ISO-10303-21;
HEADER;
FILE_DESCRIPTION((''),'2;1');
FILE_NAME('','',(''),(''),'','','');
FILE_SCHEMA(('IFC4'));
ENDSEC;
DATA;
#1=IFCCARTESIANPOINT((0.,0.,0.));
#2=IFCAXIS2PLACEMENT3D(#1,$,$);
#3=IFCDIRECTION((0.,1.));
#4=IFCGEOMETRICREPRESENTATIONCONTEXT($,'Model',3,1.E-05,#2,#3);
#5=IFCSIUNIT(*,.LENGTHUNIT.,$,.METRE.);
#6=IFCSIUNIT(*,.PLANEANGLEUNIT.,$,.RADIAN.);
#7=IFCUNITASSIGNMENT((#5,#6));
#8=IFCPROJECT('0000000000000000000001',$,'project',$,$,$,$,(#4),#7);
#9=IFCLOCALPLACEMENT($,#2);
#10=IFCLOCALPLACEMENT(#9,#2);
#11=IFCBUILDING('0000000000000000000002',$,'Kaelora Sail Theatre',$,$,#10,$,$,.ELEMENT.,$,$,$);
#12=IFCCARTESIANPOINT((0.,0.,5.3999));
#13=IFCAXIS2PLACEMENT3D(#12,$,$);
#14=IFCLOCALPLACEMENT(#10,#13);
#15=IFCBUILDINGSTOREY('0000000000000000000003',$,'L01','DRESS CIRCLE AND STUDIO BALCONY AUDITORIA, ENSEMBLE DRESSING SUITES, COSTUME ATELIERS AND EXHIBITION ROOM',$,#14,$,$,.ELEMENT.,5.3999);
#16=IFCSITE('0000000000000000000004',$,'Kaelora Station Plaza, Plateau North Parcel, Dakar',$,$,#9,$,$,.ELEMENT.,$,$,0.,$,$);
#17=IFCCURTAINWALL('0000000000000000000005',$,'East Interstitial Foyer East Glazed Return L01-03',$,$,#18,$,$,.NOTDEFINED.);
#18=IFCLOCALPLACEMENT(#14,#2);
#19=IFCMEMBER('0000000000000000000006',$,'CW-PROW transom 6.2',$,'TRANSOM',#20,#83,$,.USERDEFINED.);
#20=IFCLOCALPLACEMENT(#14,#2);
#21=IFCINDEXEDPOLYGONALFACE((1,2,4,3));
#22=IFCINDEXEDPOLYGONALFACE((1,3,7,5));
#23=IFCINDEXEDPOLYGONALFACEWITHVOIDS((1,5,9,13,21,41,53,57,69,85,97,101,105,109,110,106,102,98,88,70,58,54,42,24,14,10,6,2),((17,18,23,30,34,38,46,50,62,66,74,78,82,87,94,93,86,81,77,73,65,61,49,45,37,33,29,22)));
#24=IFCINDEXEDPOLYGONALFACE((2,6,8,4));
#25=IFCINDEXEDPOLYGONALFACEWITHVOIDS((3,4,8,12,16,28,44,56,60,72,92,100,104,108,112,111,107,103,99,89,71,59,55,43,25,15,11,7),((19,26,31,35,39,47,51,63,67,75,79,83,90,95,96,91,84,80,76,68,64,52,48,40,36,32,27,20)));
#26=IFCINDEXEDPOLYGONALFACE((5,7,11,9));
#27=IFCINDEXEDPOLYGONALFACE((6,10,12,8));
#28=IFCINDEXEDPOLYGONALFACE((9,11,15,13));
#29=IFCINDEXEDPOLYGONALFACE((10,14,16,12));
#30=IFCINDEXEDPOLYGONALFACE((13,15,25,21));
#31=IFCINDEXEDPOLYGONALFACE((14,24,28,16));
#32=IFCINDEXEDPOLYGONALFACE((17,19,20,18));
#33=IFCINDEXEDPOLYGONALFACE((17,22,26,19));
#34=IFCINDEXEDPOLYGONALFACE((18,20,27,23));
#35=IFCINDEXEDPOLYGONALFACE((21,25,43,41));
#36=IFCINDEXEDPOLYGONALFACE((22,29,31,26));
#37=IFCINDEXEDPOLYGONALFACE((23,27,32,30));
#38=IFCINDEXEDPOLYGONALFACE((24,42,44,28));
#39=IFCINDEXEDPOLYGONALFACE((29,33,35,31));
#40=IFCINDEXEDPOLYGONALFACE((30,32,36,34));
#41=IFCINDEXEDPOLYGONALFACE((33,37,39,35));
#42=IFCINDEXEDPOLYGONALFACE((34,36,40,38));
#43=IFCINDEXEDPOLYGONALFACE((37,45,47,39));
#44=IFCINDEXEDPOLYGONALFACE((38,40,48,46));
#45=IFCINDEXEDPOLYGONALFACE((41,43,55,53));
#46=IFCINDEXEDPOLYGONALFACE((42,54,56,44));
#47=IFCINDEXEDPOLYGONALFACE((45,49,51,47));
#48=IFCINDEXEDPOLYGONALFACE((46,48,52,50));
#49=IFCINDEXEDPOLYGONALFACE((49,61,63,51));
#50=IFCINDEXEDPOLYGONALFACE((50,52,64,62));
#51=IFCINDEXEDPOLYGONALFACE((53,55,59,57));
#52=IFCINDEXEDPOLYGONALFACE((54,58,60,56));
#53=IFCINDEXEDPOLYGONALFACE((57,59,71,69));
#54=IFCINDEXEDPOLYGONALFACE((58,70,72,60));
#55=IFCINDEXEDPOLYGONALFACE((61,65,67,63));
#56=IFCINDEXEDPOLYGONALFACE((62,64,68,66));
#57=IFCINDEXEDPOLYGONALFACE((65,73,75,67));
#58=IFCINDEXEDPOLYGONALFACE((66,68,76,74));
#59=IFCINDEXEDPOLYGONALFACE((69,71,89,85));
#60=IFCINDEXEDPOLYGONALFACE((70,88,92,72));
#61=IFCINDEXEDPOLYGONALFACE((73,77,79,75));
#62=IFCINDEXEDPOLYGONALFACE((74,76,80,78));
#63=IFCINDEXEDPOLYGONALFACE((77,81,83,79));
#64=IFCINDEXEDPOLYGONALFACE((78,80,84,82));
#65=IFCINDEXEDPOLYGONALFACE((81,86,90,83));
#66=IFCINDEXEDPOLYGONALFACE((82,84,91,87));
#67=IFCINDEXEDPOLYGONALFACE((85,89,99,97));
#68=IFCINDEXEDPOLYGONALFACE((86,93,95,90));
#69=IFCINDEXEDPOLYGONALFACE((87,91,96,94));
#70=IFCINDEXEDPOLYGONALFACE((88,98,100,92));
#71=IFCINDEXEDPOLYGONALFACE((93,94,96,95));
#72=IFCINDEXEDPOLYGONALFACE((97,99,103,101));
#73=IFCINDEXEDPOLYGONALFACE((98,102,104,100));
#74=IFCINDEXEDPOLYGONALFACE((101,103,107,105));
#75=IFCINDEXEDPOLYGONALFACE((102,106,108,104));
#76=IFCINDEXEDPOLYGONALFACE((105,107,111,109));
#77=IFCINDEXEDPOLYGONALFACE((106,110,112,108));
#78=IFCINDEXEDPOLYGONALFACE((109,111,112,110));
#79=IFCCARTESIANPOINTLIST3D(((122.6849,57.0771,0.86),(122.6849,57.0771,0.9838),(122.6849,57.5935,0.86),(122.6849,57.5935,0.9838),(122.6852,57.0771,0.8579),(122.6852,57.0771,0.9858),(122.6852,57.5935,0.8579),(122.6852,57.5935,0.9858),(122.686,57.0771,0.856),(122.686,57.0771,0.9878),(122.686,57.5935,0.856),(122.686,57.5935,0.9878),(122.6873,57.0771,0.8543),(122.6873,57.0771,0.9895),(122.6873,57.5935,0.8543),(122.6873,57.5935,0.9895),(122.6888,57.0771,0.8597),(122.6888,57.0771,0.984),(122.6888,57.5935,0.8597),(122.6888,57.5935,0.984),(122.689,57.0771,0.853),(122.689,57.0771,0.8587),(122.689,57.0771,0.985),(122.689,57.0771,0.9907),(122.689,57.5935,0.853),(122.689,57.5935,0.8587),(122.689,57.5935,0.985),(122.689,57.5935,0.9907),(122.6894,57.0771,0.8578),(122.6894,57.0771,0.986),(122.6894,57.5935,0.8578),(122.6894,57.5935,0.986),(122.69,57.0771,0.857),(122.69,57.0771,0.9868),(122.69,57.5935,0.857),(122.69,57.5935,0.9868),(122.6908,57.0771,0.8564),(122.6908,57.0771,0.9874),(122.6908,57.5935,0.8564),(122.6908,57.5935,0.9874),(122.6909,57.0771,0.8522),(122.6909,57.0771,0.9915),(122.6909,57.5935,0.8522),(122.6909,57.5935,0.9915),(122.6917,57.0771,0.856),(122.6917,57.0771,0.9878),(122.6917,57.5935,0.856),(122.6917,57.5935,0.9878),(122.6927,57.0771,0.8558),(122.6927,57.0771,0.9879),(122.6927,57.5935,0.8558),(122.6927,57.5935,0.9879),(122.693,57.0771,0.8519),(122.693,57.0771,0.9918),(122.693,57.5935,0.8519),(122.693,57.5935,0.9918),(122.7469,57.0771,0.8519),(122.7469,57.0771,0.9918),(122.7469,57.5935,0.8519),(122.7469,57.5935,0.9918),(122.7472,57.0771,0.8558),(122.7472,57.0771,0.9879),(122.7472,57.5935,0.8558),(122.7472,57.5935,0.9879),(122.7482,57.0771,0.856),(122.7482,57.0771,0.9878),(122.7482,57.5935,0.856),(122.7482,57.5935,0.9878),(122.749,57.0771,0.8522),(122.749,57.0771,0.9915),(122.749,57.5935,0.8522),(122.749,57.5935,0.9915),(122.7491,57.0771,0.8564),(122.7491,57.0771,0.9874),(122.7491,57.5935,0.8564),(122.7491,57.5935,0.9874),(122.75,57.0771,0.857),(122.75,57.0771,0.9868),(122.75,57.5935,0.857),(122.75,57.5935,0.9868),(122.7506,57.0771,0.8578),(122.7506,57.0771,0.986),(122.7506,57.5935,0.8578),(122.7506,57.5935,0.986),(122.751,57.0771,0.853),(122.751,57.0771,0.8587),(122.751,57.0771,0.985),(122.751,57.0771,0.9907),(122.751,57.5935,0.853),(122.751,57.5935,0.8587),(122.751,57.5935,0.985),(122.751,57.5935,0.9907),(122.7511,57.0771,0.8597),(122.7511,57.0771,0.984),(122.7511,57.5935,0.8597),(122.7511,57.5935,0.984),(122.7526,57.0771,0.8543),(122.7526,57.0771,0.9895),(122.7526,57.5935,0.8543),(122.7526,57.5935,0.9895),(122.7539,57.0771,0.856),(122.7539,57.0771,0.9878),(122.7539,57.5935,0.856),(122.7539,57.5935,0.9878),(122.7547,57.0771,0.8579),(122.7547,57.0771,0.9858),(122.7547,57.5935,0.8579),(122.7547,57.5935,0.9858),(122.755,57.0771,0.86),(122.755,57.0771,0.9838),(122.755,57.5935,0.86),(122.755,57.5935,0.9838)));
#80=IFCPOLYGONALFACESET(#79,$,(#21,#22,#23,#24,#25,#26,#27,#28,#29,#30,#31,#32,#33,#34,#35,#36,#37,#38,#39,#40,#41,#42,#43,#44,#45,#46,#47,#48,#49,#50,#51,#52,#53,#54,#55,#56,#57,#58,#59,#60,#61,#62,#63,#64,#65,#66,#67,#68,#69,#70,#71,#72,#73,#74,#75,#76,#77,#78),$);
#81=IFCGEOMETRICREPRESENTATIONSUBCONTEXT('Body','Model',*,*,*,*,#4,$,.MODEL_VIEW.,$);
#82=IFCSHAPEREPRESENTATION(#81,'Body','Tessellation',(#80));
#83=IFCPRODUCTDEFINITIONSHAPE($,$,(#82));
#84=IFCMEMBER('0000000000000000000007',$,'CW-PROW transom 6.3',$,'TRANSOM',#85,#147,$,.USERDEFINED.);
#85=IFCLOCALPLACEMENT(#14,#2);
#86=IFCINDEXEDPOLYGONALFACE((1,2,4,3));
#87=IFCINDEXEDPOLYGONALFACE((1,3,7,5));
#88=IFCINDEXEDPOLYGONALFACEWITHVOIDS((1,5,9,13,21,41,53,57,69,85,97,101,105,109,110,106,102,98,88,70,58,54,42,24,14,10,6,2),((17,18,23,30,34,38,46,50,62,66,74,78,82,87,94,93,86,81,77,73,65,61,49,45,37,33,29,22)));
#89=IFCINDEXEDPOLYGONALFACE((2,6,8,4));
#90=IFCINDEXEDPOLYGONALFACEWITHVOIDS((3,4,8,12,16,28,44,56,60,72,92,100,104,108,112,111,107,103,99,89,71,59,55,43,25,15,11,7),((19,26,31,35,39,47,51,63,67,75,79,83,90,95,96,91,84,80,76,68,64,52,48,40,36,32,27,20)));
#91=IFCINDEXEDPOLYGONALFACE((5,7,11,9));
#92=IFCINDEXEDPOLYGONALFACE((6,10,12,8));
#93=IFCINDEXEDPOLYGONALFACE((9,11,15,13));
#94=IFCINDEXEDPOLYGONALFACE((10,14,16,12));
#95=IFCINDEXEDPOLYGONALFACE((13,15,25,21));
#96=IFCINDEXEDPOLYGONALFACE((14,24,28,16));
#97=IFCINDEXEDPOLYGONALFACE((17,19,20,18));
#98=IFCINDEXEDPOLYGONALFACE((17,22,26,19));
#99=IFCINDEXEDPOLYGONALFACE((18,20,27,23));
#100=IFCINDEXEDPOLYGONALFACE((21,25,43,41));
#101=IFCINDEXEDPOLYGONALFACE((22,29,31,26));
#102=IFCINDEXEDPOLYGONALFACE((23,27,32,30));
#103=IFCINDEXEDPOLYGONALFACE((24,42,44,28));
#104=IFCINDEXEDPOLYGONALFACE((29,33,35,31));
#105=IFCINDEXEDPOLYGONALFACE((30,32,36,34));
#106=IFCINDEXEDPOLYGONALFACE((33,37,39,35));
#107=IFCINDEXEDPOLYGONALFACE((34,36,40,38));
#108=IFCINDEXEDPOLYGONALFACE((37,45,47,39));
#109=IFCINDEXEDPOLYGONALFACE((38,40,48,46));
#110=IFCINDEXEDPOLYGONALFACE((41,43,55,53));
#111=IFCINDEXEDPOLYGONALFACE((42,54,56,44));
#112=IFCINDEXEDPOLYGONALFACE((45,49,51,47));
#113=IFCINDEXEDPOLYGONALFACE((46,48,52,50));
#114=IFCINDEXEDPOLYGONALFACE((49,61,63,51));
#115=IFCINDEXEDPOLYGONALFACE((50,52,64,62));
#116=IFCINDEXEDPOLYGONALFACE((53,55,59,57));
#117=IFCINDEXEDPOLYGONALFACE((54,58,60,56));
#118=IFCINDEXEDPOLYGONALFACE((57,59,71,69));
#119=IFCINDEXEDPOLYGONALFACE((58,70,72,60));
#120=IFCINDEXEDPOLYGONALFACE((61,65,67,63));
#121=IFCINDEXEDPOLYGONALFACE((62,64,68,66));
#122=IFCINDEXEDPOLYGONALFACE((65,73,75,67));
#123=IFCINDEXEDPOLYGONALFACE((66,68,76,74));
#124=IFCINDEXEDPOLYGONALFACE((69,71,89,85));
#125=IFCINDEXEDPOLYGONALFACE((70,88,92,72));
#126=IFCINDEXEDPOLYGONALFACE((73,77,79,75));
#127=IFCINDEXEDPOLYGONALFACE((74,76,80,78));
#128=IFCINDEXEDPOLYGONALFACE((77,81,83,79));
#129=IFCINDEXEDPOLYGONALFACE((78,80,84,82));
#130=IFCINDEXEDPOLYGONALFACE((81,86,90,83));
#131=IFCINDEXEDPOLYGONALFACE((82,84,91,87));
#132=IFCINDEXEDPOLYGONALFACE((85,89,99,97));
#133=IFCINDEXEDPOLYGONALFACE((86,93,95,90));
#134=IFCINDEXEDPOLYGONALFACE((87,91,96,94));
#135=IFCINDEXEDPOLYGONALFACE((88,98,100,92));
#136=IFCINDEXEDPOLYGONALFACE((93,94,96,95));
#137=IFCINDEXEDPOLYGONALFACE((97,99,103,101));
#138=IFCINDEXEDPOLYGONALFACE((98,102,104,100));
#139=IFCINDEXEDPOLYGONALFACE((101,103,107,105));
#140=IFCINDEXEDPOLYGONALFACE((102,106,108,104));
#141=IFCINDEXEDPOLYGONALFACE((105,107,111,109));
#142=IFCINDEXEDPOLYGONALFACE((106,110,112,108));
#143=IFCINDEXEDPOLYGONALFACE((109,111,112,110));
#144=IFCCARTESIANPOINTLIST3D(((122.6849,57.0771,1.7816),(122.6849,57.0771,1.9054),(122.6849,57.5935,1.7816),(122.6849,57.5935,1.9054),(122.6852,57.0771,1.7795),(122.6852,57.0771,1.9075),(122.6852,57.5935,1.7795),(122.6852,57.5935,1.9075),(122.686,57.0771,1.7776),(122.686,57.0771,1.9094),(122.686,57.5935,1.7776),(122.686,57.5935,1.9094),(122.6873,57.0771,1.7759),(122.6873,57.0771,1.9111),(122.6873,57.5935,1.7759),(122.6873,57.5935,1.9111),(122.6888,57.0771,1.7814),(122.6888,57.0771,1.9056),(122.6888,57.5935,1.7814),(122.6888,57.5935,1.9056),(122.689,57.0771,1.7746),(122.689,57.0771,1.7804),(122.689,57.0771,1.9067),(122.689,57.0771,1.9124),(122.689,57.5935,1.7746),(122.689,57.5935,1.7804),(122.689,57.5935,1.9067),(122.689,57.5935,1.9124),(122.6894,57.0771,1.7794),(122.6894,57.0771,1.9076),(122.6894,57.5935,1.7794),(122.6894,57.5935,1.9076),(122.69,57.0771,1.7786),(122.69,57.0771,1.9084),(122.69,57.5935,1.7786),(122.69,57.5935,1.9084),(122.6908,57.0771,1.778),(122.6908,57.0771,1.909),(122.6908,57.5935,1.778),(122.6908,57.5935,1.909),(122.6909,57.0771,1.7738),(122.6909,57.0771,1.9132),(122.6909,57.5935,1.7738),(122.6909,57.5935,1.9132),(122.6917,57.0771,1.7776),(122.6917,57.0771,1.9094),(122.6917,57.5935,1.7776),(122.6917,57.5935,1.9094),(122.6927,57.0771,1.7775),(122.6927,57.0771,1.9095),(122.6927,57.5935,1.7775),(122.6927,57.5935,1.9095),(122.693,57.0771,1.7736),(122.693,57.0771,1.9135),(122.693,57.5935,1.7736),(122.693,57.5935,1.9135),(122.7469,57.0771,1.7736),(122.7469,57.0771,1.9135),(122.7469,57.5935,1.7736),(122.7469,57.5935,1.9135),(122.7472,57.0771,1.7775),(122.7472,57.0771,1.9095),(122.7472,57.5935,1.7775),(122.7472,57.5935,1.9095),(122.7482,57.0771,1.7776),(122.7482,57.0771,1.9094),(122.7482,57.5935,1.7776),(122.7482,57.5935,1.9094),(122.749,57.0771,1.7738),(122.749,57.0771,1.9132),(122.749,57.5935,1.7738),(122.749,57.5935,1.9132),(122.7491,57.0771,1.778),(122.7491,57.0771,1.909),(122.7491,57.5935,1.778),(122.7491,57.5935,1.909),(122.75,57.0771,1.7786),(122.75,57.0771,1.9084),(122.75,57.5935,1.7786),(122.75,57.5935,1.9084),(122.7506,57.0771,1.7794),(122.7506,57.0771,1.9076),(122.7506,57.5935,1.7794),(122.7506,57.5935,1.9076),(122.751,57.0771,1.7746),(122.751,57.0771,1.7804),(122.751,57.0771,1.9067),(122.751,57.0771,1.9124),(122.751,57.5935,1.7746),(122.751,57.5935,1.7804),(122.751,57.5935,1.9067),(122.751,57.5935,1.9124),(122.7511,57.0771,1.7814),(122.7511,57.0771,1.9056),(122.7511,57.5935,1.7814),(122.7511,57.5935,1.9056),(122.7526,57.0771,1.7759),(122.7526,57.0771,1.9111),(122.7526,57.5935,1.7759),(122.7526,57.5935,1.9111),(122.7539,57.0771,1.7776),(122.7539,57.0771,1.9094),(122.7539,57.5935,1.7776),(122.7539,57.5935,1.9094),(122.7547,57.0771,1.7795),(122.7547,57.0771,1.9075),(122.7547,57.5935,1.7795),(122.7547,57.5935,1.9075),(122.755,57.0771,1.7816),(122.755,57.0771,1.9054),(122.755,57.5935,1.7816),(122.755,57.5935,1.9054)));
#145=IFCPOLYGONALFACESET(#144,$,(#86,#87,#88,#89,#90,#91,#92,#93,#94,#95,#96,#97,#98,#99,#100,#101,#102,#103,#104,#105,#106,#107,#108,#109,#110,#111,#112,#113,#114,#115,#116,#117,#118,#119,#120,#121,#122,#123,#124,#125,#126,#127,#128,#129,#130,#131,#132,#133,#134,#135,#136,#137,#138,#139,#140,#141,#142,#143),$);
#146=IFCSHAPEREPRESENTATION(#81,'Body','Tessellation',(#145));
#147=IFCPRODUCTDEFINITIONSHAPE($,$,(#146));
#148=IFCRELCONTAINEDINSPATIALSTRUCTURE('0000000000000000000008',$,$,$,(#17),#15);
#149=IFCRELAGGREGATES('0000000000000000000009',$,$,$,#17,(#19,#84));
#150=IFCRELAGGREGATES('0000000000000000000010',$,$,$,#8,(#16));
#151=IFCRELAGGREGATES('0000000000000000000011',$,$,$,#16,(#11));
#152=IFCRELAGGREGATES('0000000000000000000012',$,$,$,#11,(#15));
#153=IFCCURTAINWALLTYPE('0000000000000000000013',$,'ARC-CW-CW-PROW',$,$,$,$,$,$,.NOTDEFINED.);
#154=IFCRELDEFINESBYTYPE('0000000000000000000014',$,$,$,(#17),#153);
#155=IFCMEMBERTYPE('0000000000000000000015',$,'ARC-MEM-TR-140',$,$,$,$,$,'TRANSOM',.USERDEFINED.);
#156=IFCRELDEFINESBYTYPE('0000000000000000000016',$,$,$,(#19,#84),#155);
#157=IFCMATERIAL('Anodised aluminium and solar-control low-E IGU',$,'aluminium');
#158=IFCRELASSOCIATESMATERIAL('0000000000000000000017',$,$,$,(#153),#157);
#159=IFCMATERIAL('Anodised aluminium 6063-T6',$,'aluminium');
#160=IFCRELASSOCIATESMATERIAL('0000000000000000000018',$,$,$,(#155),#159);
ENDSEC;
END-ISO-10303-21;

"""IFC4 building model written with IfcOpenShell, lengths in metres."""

from ifc_helpers import new_model, si_unit, direction, frame, origin, origin_2d, place, context, subcontext, project, spatial, hollow_rectangle, extrude, material, material_profile, profile_set, type_object, element, aggregate, save


model = new_model("IFC4")

# Units and contexts
model_context = context("Model", 3, precision=1e-05, world=origin(), true_north=direction((0.0, 1.0)))
body_context = subcontext(model_context, "Body", "Model", "MODEL_VIEW")
ifc_project = project(units=[si_unit("LENGTHUNIT", "METRE"), si_unit("PLANEANGLEUNIT", "RADIAN")], contexts=[model_context])

# Site, building, storey
site_placement = place(None, origin())
site = spatial("IfcSite", under=ifc_project, at=site_placement, Name="Kaelora Station Plaza, Plateau North Parcel, Dakar", CompositionType="ELEMENT", RefElevation=0.0)
building_placement = place(site_placement, origin())
building = spatial("IfcBuilding", under=site, at=building_placement, Name="Kaelora Sail Theatre", CompositionType="ELEMENT")
storey_placement = place(building_placement, frame((0.0, 0.0, 5.3999)))
storey = spatial("IfcBuildingStorey", under=building, at=storey_placement, Name="L01", Description="DRESS CIRCLE AND STUDIO BALCONY AUDITORIA, ENSEMBLE DRESSING SUITES, COSTUME ATELIERS AND EXHIBITION ROOM", CompositionType="ELEMENT", Elevation=5.3999)

# Curtain wall, members
ifc_material_1 = material(Name="Anodised aluminium and solar-control low-E IGU", Category="aluminium")
curtain_wall_type = type_object("IfcCurtainWallType", Name="ARC-CW-CW-PROW", PredefinedType="NOTDEFINED", material=ifc_material_1)
curtain_wall_placement = place(storey_placement, origin())
curtain_wall = element("IfcCurtainWall", 1, at=curtain_wall_placement, inside=storey, type_object=curtain_wall_type, Name="East Interstitial Foyer East Glazed Return L01-03", PredefinedType="NOTDEFINED")
ifc_material_2 = material(Name="Anodised aluminium 6063-T6", Category="aluminium")
ifc_material_profile_1 = material_profile(ifc_material_2, hollow_rectangle(XDim=0.0701, YDim=0.1399, WallThickness=0.0039, InnerFilletRadius=0.0039, OuterFilletRadius=0.0081, at=origin_2d()), Name="ALU-TRAN 70x140x4")
ifc_profile_set_1 = profile_set([ifc_material_profile_1], Name="Anodised aluminium 6063-T6")
member_type_1 = type_object("IfcMemberType", Name="ARC-MEM-TR-140", ElementType="TRANSOM", PredefinedType="USERDEFINED", material=ifc_profile_set_1)
member_1_placement = place(storey_placement, frame((122.72, 57.0771, 0.9219), z_axis=(0.0, 1.0, 0.0), x_axis=(-1.0, 0.0, 0.0)))
member_1 = element("IfcMember", 2, at=member_1_placement, type_object=member_type_1, Name="CW-PROW transom 6.2", ObjectType="TRANSOM", PredefinedType="USERDEFINED", context=body_context, shape_type="SweptSolid", body=[
    extrude(hollow_rectangle(XDim=0.0701, YDim=0.1399, WallThickness=0.0039, InnerFilletRadius=0.0039, OuterFilletRadius=0.0081, at=origin_2d()), origin(), (0.0, 0.0, 1.0), 0.5164),
])
member_2_placement = place(storey_placement, frame((122.72, 57.0771, 1.8435), z_axis=(0.0, 1.0, 0.0), x_axis=(-1.0, 0.0, 0.0)))
member_2 = element("IfcMember", 3, at=member_2_placement, type_object=member_type_1, Name="CW-PROW transom 6.3", ObjectType="TRANSOM", PredefinedType="USERDEFINED", context=body_context, shape_type="SweptSolid", body=[
    extrude(hollow_rectangle(XDim=0.0701, YDim=0.1399, WallThickness=0.0039, InnerFilletRadius=0.0039, OuterFilletRadius=0.0081, at=origin_2d()), origin(), (0.0, 0.0, 1.0), 0.5164),
])

aggregate(curtain_wall, [member_1, member_2])

save(model, "model.ifc")
